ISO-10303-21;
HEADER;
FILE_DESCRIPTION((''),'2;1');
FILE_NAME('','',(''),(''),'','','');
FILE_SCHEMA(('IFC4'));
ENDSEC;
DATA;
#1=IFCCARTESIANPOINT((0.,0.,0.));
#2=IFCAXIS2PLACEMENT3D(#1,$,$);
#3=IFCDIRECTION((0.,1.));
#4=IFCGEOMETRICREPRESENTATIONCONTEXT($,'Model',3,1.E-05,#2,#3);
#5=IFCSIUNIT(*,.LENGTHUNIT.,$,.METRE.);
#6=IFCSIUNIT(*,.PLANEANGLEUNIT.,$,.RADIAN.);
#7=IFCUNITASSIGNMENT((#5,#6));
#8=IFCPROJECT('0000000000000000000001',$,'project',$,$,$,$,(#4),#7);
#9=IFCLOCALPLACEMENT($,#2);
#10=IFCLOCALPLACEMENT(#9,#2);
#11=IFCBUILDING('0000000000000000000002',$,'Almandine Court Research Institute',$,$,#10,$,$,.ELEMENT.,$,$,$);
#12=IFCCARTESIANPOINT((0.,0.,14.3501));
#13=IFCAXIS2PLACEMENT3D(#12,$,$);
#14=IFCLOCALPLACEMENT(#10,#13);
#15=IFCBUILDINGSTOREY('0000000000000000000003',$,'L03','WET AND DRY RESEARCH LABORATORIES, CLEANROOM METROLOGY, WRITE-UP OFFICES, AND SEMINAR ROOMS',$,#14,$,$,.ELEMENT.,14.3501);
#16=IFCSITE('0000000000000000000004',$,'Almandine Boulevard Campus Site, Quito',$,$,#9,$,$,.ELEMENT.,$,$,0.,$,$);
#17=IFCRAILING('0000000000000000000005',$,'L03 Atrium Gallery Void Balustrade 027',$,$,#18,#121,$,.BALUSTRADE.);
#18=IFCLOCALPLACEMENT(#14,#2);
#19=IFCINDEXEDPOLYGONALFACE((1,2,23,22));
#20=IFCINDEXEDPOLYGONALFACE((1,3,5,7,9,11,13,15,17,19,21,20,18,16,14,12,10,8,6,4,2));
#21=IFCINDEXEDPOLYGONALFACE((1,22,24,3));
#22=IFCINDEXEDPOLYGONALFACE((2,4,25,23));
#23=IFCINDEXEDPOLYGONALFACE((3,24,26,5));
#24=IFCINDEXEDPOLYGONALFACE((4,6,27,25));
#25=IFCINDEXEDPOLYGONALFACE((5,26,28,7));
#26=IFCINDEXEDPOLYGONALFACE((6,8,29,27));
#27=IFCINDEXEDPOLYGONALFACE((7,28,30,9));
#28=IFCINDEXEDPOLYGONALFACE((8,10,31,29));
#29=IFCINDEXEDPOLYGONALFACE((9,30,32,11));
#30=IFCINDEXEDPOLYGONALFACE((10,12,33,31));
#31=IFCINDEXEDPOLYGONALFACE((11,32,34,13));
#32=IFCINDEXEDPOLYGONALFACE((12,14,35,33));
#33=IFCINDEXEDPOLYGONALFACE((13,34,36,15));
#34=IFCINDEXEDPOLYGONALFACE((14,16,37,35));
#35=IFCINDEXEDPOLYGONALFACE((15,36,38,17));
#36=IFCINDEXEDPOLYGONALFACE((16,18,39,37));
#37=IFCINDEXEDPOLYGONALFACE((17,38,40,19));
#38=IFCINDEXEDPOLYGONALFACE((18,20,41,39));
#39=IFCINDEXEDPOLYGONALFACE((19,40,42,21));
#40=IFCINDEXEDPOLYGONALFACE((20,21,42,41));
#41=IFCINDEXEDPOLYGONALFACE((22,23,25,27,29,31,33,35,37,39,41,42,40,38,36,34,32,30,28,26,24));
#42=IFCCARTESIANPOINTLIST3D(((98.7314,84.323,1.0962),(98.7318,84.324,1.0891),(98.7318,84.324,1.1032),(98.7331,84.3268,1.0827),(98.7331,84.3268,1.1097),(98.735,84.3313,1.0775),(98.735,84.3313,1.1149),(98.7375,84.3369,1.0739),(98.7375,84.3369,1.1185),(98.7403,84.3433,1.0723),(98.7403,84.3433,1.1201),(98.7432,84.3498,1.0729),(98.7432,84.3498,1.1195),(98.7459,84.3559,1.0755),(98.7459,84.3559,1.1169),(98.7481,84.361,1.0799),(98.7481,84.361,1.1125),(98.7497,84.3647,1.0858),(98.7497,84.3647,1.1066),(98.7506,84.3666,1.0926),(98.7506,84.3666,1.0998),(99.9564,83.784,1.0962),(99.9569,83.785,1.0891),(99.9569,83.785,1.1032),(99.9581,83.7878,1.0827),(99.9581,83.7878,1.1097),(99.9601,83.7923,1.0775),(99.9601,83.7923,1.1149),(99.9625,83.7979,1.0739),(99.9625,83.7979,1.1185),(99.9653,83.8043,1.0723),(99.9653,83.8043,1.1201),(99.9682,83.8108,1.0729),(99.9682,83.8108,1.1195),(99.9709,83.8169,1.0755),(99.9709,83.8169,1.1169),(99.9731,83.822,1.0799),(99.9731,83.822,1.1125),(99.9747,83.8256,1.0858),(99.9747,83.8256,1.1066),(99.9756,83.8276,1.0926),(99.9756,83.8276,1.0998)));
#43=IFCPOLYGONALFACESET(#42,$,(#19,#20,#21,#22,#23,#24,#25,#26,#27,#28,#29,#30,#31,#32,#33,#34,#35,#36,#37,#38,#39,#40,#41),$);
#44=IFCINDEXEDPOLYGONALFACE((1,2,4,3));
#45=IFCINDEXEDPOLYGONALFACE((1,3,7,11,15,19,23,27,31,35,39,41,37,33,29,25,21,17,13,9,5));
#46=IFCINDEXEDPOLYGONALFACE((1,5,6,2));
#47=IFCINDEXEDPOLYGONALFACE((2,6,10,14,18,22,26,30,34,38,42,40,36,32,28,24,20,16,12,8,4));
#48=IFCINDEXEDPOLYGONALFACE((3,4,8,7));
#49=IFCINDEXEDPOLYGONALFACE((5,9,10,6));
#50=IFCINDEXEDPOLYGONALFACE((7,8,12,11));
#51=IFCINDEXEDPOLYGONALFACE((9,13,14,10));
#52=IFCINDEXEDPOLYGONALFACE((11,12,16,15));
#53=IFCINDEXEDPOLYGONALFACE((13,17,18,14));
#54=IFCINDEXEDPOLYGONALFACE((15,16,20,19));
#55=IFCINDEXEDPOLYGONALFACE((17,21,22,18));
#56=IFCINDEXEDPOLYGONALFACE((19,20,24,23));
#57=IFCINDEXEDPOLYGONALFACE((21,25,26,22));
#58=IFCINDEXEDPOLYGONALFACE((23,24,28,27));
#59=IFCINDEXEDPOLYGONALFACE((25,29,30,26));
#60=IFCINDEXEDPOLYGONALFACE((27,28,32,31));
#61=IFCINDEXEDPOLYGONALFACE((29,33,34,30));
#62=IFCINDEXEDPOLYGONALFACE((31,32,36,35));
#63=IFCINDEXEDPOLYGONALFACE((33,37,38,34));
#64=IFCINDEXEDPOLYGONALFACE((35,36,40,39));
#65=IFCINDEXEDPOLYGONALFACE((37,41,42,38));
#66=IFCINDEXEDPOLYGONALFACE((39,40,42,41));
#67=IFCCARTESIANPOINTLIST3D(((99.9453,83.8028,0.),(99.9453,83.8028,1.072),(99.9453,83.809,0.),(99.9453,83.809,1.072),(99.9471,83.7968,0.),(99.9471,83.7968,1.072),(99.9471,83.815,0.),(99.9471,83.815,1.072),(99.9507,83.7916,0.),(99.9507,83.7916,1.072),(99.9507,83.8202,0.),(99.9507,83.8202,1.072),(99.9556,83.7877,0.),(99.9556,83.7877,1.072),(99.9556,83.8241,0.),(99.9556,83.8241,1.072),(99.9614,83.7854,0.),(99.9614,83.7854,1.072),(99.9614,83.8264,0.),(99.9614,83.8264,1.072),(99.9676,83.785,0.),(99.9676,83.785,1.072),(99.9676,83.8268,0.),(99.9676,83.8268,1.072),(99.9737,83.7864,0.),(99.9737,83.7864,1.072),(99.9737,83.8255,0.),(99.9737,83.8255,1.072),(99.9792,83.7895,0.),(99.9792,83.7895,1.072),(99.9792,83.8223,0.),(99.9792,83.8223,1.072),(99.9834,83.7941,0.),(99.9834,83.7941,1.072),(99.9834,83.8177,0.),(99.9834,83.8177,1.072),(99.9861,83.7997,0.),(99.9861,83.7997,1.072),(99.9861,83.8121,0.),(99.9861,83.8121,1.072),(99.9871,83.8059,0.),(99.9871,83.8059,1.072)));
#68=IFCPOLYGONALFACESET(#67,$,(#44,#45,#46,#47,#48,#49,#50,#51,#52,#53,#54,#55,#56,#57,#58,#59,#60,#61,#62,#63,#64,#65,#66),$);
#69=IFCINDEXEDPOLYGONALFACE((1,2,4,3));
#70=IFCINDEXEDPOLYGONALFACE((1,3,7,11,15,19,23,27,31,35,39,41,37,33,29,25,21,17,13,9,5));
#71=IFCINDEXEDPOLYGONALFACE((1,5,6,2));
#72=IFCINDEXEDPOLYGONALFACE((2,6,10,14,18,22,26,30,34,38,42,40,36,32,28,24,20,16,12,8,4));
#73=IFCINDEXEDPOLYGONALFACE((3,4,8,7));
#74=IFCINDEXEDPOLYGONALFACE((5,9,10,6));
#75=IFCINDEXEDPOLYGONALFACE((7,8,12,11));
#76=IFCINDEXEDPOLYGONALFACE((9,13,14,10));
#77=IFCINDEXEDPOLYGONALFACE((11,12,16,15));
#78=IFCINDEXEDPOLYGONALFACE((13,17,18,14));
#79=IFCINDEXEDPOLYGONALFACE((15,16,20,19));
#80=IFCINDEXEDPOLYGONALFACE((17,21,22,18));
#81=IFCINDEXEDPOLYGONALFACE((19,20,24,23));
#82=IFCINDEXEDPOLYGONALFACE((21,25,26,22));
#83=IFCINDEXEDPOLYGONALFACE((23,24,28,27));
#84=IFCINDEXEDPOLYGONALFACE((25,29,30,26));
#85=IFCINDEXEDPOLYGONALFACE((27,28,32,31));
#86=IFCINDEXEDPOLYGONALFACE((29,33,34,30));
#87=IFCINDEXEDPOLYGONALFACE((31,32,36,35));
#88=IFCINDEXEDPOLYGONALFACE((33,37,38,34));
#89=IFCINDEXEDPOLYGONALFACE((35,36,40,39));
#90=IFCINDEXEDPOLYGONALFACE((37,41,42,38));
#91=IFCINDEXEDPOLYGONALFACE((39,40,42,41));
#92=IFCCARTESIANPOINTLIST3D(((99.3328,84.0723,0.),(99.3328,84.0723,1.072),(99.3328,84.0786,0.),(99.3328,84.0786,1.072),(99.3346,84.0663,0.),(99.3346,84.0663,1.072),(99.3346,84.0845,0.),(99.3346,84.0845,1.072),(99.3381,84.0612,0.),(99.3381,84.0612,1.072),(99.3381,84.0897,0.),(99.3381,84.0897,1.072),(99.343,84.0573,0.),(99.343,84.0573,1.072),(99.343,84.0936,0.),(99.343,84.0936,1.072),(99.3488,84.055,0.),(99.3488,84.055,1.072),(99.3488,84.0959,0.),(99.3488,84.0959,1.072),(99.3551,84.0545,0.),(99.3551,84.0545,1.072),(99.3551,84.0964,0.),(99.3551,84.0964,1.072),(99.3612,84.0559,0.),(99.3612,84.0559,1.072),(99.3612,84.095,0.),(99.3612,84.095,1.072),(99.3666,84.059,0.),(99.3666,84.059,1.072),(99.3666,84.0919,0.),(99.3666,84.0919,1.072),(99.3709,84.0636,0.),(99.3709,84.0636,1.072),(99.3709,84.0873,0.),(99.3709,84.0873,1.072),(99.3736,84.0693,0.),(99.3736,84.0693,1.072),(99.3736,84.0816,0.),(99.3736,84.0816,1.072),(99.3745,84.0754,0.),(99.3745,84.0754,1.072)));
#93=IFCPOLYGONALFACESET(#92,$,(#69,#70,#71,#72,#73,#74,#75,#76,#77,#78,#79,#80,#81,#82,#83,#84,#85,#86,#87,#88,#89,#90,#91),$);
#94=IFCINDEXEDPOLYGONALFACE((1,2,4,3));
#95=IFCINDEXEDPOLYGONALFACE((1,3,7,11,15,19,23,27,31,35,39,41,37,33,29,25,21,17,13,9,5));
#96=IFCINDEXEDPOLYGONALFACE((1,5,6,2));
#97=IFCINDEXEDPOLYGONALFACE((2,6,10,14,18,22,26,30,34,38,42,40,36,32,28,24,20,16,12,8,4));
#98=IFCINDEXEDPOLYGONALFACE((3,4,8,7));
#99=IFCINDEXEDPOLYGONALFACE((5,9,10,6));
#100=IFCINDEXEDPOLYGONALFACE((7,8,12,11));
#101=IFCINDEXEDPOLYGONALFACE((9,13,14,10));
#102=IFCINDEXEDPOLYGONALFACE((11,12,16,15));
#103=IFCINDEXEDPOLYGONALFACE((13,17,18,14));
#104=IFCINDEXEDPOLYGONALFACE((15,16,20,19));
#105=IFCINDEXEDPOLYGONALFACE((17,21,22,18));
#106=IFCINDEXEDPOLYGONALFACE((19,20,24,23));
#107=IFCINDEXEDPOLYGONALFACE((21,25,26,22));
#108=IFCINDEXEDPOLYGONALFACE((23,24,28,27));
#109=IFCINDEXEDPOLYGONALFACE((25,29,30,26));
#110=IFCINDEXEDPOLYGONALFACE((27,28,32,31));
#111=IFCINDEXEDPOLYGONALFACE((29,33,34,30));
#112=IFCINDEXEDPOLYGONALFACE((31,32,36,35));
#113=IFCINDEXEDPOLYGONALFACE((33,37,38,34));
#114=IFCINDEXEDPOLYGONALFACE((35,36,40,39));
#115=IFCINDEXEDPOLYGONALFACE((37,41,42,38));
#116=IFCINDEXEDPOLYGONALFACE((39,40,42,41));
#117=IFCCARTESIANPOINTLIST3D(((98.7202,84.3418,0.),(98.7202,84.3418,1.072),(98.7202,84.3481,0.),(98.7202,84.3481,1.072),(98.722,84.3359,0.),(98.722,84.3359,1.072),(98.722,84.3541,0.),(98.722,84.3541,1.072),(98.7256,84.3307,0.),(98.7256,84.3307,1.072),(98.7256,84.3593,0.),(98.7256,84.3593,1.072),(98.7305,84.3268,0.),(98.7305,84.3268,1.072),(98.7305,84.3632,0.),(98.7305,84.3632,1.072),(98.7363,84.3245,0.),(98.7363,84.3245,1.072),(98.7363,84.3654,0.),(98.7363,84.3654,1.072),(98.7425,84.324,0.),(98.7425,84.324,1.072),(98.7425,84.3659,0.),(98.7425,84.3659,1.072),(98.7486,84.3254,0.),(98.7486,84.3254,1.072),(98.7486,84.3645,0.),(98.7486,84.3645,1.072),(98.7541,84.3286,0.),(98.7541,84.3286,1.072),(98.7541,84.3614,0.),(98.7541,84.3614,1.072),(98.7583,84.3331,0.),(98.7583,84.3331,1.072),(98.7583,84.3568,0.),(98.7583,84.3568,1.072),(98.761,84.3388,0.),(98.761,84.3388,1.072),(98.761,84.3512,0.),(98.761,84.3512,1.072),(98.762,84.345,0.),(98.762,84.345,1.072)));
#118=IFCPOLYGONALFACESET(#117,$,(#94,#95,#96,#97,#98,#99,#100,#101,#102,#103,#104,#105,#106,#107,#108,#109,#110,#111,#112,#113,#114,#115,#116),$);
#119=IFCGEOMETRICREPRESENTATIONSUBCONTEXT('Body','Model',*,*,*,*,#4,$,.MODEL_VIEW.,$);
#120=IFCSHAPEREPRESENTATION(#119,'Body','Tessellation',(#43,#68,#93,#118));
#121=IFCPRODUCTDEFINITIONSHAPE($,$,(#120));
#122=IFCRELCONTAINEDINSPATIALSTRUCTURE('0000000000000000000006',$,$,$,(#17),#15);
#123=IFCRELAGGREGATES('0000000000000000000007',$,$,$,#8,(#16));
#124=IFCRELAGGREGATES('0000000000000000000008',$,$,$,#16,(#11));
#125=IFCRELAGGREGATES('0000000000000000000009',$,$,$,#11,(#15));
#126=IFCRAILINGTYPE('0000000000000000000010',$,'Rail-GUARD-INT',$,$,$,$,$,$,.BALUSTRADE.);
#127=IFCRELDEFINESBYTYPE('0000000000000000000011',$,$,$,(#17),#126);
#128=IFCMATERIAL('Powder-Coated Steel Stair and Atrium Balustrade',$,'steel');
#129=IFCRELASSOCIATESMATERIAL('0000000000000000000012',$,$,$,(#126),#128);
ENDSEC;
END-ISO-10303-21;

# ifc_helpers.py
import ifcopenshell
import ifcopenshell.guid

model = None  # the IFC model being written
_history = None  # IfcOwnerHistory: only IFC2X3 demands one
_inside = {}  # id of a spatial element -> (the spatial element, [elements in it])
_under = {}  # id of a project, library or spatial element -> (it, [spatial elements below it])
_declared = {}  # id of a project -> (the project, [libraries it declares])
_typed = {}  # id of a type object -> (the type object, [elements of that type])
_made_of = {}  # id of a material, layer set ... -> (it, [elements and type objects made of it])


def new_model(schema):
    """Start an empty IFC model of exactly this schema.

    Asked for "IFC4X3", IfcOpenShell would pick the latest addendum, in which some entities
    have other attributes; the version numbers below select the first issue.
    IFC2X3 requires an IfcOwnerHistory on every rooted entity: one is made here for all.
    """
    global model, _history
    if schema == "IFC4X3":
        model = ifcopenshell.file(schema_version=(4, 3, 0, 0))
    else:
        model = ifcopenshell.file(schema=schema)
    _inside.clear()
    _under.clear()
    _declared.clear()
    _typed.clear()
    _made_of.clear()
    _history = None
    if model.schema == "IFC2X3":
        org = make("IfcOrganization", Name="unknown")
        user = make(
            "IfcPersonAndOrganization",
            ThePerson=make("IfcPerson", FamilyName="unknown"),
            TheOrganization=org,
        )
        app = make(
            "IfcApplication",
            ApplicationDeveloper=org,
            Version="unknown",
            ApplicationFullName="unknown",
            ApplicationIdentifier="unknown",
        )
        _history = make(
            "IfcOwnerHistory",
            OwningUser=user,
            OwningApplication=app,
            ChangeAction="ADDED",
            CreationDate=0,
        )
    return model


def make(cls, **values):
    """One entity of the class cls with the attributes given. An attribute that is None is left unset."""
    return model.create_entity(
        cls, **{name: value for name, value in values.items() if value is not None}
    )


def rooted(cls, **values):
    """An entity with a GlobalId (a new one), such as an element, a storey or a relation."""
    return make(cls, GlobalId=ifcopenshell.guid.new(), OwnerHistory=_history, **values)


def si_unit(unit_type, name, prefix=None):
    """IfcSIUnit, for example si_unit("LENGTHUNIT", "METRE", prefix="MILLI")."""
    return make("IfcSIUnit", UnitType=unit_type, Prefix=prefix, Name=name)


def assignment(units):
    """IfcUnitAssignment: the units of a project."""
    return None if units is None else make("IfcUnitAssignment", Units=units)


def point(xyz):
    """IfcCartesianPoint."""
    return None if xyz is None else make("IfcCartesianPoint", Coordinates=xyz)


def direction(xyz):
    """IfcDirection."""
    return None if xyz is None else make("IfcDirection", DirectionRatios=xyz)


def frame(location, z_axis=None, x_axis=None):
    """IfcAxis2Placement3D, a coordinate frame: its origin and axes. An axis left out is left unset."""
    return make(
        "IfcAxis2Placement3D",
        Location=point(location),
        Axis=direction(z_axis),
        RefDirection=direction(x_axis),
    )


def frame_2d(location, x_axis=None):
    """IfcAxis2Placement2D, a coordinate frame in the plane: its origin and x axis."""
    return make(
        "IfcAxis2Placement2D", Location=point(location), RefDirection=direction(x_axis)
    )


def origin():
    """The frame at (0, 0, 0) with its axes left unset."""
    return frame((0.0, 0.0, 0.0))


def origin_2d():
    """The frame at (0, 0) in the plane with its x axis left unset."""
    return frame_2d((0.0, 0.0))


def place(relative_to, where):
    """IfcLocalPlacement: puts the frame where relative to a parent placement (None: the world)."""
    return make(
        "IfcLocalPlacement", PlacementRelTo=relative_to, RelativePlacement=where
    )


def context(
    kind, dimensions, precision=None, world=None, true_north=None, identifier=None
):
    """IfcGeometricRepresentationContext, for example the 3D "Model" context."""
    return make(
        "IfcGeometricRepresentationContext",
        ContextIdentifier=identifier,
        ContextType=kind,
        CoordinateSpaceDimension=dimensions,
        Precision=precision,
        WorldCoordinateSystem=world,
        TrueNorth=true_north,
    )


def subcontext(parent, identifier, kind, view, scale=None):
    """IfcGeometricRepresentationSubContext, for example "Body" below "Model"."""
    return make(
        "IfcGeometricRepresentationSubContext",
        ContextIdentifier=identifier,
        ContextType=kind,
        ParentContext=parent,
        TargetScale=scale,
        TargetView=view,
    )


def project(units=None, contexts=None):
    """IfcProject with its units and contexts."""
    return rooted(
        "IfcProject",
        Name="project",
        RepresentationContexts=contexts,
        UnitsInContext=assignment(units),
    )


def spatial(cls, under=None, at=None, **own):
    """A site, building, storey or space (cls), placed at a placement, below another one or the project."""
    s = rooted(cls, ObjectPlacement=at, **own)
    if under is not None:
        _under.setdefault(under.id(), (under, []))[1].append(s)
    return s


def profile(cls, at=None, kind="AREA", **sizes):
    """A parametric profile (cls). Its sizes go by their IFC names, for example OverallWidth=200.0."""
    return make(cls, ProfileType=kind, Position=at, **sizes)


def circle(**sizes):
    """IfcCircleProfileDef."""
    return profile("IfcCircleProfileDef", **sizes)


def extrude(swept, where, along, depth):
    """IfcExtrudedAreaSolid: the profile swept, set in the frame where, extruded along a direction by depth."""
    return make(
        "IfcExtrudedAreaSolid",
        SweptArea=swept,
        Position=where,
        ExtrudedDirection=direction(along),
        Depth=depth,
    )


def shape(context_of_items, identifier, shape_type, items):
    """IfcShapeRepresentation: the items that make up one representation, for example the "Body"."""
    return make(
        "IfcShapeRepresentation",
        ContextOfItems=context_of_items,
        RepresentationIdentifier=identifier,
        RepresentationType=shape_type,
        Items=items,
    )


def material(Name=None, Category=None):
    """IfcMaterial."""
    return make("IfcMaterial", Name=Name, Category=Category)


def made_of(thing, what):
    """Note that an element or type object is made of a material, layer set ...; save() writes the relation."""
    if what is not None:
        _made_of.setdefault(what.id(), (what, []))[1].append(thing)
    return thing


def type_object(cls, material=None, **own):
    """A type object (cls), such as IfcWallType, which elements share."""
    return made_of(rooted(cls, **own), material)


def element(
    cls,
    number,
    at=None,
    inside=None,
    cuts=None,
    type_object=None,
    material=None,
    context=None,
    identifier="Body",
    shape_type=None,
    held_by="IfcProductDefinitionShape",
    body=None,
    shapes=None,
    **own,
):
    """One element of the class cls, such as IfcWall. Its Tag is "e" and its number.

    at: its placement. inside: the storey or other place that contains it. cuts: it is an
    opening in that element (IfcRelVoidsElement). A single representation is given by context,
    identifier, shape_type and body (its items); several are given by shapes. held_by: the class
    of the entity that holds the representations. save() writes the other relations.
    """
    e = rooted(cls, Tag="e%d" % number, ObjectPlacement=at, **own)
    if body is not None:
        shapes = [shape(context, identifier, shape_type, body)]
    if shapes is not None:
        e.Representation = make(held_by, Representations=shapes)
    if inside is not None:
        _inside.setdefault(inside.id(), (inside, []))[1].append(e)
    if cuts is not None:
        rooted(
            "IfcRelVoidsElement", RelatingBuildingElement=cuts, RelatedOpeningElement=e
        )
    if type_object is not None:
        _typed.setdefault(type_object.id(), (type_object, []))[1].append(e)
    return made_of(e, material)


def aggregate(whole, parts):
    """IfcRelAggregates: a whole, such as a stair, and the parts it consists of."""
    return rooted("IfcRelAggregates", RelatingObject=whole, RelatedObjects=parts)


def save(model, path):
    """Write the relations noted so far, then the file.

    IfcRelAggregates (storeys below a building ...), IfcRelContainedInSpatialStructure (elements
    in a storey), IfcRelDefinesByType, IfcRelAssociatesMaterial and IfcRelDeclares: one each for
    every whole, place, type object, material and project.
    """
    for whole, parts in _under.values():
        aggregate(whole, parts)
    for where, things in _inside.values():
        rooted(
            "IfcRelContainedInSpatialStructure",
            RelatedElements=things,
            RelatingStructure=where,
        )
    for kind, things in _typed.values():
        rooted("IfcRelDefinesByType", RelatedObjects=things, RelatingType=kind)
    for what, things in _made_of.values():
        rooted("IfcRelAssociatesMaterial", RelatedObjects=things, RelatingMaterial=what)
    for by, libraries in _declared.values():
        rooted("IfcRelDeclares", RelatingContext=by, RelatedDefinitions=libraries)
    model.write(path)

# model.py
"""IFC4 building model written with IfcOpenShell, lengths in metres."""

from ifc_helpers import new_model, si_unit, direction, frame, origin, origin_2d, place, context, subcontext, project, spatial, circle, extrude, material, type_object, element, save


model = new_model("IFC4")

# Units and contexts
model_context = context("Model", 3, precision=1e-05, world=origin(), true_north=direction((0.0, 1.0)))
body_context = subcontext(model_context, "Body", "Model", "MODEL_VIEW")
ifc_project = project(units=[si_unit("LENGTHUNIT", "METRE"), si_unit("PLANEANGLEUNIT", "RADIAN")], contexts=[model_context])

# Site, building, storey
site_placement = place(None, origin())
site = spatial("IfcSite", under=ifc_project, at=site_placement, Name="Almandine Boulevard Campus Site, Quito", CompositionType="ELEMENT", RefElevation=0.0)
building_placement = place(site_placement, origin())
building = spatial("IfcBuilding", under=site, at=building_placement, Name="Almandine Court Research Institute", CompositionType="ELEMENT")
storey_placement = place(building_placement, frame((0.0, 0.0, 14.3501)))
storey = spatial("IfcBuildingStorey", under=building, at=storey_placement, Name="L03", Description="WET AND DRY RESEARCH LABORATORIES, CLEANROOM METROLOGY, WRITE-UP OFFICES, AND SEMINAR ROOMS", CompositionType="ELEMENT", Elevation=14.3501)

# Railing
ifc_material_1 = material(Name="Powder-Coated Steel Stair and Atrium Balustrade", Category="steel")
railing_type_1 = type_object("IfcRailingType", Name="Rail-GUARD-INT", PredefinedType="BALUSTRADE", material=ifc_material_1)
railing_1_placement = place(storey_placement, frame((99.9661, 83.8059, 0.0)))
element("IfcRailing", 1, at=railing_1_placement, inside=storey, type_object=railing_type_1, Name="L03 Atrium Gallery Void Balustrade 027", PredefinedType="BALUSTRADE", context=body_context, shape_type="SweptSolid", body=[
    extrude(circle(Radius=0.0239, at=origin_2d()), frame((0.0, 0.0, 1.0962), z_axis=(-0.91531, 0.402751, 0.0), x_axis=(-0.402751, -0.91531, 0.0)), (0.0, 0.0, 1.0), 1.3384),
    extrude(circle(Radius=0.021, at=origin_2d()), origin(), (0.0, 0.0, 1.0), 1.072),
    extrude(circle(Radius=0.021, at=origin_2d()), frame((-0.6125, 0.2695, 0.0)), (0.0, 0.0, 1.0), 1.072),
    extrude(circle(Radius=0.021, at=origin_2d()), frame((-1.2251, 0.5391, 0.0)), (0.0, 0.0, 1.0), 1.072),
])

save(model, "model.ifc")
